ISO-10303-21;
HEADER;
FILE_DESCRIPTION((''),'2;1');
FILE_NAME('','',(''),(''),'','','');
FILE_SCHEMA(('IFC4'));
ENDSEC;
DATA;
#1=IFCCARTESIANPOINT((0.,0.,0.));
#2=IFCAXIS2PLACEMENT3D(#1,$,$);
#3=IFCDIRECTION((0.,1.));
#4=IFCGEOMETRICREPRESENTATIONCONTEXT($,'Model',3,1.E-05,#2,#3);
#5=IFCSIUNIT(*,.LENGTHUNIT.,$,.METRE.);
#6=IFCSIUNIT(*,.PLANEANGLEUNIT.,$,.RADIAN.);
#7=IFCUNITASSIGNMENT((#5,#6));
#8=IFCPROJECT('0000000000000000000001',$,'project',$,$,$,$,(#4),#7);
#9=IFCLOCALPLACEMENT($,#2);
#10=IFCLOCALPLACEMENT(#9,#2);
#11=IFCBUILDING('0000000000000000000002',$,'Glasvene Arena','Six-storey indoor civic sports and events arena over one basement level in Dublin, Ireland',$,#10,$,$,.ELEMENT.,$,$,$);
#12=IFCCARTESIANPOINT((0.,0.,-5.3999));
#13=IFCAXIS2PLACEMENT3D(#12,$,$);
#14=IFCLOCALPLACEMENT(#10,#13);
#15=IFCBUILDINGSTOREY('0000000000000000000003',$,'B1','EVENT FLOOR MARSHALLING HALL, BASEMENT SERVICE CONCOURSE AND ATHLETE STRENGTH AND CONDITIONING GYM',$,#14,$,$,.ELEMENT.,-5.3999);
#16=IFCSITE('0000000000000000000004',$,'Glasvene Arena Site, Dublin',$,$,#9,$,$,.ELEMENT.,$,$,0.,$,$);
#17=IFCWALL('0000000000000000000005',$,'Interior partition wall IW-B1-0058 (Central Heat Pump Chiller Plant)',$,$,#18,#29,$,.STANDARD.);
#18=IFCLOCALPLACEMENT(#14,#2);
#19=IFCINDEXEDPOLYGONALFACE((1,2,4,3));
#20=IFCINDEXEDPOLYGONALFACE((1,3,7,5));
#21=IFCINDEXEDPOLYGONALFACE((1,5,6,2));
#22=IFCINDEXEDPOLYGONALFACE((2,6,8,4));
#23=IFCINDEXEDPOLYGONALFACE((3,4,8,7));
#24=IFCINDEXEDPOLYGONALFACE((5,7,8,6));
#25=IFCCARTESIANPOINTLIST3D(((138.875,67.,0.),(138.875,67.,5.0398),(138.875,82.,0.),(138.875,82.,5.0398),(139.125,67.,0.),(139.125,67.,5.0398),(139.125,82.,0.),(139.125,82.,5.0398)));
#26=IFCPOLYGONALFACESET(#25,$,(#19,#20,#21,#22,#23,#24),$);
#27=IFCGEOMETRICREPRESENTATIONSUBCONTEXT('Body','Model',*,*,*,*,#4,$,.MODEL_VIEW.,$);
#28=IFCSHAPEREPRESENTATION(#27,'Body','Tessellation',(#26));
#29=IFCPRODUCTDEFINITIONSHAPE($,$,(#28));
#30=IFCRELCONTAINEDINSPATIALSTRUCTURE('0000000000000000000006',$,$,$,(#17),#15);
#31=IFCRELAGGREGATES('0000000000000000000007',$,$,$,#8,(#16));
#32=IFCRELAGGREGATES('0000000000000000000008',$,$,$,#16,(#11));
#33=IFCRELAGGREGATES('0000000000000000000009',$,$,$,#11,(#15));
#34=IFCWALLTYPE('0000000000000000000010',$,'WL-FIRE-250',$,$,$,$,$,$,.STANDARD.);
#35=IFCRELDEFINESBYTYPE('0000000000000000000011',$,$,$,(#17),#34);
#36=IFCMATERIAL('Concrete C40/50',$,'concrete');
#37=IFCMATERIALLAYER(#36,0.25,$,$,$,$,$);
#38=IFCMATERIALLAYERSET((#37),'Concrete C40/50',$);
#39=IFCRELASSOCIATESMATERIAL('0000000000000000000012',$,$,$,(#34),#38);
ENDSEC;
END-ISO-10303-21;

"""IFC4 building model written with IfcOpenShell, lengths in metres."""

from ifc_helpers import new_model, si_unit, direction, frame, frame_2d, origin, place, context, subcontext, project, spatial, rectangle, extrude, material, layer, layer_set, type_object, element, save


model = new_model("IFC4")

# Units and contexts
model_context = context("Model", 3, precision=1e-05, world=origin(), true_north=direction((0.0, 1.0)))
body_context = subcontext(model_context, "Body", "Model", "MODEL_VIEW")
ifc_project = project(units=[si_unit("LENGTHUNIT", "METRE"), si_unit("PLANEANGLEUNIT", "RADIAN")], contexts=[model_context])

# Site, building, storey
site_placement = place(None, origin())
site = spatial("IfcSite", under=ifc_project, at=site_placement, Name="Glasvene Arena Site, Dublin", CompositionType="ELEMENT", RefElevation=0.0)
building_placement = place(site_placement, origin())
building = spatial("IfcBuilding", under=site, at=building_placement, Name="Glasvene Arena", Description="Six-storey indoor civic sports and events arena over one basement level in Dublin, Ireland", CompositionType="ELEMENT")
storey_placement = place(building_placement, frame((0.0, 0.0, -5.3999)))
storey = spatial("IfcBuildingStorey", under=building, at=storey_placement, Name="B1", Description="EVENT FLOOR MARSHALLING HALL, BASEMENT SERVICE CONCOURSE AND ATHLETE STRENGTH AND CONDITIONING GYM", CompositionType="ELEMENT", Elevation=-5.3999)

# Shared definitions
ifc_material_1 = material(Name="Concrete C40/50", Category="concrete")

# Wall
ifc_layer = layer(ifc_material_1, 0.25)
ifc_layer_set = layer_set([ifc_layer], Name="Concrete C40/50")
wall_type = type_object("IfcWallType", Name="WL-FIRE-250", PredefinedType="STANDARD", material=ifc_layer_set)
wall_placement = place(storey_placement, frame((139.0, 67.0, 0.0), z_axis=(0.0, 0.0, 1.0), x_axis=(0.0, 1.0, 0.0)))
element("IfcWall", 1, at=wall_placement, inside=storey, type_object=wall_type, Name="Interior partition wall IW-B1-0058 (Central Heat Pump Chiller Plant)", PredefinedType="STANDARD", context=body_context, shape_type="SweptSolid", body=[
    extrude(rectangle(XDim=15.0, YDim=0.25, at=frame_2d((7.5, 0.0))), origin(), (0.0, 0.0, 1.0), 5.0398),
])

save(model, "model.ifc")
